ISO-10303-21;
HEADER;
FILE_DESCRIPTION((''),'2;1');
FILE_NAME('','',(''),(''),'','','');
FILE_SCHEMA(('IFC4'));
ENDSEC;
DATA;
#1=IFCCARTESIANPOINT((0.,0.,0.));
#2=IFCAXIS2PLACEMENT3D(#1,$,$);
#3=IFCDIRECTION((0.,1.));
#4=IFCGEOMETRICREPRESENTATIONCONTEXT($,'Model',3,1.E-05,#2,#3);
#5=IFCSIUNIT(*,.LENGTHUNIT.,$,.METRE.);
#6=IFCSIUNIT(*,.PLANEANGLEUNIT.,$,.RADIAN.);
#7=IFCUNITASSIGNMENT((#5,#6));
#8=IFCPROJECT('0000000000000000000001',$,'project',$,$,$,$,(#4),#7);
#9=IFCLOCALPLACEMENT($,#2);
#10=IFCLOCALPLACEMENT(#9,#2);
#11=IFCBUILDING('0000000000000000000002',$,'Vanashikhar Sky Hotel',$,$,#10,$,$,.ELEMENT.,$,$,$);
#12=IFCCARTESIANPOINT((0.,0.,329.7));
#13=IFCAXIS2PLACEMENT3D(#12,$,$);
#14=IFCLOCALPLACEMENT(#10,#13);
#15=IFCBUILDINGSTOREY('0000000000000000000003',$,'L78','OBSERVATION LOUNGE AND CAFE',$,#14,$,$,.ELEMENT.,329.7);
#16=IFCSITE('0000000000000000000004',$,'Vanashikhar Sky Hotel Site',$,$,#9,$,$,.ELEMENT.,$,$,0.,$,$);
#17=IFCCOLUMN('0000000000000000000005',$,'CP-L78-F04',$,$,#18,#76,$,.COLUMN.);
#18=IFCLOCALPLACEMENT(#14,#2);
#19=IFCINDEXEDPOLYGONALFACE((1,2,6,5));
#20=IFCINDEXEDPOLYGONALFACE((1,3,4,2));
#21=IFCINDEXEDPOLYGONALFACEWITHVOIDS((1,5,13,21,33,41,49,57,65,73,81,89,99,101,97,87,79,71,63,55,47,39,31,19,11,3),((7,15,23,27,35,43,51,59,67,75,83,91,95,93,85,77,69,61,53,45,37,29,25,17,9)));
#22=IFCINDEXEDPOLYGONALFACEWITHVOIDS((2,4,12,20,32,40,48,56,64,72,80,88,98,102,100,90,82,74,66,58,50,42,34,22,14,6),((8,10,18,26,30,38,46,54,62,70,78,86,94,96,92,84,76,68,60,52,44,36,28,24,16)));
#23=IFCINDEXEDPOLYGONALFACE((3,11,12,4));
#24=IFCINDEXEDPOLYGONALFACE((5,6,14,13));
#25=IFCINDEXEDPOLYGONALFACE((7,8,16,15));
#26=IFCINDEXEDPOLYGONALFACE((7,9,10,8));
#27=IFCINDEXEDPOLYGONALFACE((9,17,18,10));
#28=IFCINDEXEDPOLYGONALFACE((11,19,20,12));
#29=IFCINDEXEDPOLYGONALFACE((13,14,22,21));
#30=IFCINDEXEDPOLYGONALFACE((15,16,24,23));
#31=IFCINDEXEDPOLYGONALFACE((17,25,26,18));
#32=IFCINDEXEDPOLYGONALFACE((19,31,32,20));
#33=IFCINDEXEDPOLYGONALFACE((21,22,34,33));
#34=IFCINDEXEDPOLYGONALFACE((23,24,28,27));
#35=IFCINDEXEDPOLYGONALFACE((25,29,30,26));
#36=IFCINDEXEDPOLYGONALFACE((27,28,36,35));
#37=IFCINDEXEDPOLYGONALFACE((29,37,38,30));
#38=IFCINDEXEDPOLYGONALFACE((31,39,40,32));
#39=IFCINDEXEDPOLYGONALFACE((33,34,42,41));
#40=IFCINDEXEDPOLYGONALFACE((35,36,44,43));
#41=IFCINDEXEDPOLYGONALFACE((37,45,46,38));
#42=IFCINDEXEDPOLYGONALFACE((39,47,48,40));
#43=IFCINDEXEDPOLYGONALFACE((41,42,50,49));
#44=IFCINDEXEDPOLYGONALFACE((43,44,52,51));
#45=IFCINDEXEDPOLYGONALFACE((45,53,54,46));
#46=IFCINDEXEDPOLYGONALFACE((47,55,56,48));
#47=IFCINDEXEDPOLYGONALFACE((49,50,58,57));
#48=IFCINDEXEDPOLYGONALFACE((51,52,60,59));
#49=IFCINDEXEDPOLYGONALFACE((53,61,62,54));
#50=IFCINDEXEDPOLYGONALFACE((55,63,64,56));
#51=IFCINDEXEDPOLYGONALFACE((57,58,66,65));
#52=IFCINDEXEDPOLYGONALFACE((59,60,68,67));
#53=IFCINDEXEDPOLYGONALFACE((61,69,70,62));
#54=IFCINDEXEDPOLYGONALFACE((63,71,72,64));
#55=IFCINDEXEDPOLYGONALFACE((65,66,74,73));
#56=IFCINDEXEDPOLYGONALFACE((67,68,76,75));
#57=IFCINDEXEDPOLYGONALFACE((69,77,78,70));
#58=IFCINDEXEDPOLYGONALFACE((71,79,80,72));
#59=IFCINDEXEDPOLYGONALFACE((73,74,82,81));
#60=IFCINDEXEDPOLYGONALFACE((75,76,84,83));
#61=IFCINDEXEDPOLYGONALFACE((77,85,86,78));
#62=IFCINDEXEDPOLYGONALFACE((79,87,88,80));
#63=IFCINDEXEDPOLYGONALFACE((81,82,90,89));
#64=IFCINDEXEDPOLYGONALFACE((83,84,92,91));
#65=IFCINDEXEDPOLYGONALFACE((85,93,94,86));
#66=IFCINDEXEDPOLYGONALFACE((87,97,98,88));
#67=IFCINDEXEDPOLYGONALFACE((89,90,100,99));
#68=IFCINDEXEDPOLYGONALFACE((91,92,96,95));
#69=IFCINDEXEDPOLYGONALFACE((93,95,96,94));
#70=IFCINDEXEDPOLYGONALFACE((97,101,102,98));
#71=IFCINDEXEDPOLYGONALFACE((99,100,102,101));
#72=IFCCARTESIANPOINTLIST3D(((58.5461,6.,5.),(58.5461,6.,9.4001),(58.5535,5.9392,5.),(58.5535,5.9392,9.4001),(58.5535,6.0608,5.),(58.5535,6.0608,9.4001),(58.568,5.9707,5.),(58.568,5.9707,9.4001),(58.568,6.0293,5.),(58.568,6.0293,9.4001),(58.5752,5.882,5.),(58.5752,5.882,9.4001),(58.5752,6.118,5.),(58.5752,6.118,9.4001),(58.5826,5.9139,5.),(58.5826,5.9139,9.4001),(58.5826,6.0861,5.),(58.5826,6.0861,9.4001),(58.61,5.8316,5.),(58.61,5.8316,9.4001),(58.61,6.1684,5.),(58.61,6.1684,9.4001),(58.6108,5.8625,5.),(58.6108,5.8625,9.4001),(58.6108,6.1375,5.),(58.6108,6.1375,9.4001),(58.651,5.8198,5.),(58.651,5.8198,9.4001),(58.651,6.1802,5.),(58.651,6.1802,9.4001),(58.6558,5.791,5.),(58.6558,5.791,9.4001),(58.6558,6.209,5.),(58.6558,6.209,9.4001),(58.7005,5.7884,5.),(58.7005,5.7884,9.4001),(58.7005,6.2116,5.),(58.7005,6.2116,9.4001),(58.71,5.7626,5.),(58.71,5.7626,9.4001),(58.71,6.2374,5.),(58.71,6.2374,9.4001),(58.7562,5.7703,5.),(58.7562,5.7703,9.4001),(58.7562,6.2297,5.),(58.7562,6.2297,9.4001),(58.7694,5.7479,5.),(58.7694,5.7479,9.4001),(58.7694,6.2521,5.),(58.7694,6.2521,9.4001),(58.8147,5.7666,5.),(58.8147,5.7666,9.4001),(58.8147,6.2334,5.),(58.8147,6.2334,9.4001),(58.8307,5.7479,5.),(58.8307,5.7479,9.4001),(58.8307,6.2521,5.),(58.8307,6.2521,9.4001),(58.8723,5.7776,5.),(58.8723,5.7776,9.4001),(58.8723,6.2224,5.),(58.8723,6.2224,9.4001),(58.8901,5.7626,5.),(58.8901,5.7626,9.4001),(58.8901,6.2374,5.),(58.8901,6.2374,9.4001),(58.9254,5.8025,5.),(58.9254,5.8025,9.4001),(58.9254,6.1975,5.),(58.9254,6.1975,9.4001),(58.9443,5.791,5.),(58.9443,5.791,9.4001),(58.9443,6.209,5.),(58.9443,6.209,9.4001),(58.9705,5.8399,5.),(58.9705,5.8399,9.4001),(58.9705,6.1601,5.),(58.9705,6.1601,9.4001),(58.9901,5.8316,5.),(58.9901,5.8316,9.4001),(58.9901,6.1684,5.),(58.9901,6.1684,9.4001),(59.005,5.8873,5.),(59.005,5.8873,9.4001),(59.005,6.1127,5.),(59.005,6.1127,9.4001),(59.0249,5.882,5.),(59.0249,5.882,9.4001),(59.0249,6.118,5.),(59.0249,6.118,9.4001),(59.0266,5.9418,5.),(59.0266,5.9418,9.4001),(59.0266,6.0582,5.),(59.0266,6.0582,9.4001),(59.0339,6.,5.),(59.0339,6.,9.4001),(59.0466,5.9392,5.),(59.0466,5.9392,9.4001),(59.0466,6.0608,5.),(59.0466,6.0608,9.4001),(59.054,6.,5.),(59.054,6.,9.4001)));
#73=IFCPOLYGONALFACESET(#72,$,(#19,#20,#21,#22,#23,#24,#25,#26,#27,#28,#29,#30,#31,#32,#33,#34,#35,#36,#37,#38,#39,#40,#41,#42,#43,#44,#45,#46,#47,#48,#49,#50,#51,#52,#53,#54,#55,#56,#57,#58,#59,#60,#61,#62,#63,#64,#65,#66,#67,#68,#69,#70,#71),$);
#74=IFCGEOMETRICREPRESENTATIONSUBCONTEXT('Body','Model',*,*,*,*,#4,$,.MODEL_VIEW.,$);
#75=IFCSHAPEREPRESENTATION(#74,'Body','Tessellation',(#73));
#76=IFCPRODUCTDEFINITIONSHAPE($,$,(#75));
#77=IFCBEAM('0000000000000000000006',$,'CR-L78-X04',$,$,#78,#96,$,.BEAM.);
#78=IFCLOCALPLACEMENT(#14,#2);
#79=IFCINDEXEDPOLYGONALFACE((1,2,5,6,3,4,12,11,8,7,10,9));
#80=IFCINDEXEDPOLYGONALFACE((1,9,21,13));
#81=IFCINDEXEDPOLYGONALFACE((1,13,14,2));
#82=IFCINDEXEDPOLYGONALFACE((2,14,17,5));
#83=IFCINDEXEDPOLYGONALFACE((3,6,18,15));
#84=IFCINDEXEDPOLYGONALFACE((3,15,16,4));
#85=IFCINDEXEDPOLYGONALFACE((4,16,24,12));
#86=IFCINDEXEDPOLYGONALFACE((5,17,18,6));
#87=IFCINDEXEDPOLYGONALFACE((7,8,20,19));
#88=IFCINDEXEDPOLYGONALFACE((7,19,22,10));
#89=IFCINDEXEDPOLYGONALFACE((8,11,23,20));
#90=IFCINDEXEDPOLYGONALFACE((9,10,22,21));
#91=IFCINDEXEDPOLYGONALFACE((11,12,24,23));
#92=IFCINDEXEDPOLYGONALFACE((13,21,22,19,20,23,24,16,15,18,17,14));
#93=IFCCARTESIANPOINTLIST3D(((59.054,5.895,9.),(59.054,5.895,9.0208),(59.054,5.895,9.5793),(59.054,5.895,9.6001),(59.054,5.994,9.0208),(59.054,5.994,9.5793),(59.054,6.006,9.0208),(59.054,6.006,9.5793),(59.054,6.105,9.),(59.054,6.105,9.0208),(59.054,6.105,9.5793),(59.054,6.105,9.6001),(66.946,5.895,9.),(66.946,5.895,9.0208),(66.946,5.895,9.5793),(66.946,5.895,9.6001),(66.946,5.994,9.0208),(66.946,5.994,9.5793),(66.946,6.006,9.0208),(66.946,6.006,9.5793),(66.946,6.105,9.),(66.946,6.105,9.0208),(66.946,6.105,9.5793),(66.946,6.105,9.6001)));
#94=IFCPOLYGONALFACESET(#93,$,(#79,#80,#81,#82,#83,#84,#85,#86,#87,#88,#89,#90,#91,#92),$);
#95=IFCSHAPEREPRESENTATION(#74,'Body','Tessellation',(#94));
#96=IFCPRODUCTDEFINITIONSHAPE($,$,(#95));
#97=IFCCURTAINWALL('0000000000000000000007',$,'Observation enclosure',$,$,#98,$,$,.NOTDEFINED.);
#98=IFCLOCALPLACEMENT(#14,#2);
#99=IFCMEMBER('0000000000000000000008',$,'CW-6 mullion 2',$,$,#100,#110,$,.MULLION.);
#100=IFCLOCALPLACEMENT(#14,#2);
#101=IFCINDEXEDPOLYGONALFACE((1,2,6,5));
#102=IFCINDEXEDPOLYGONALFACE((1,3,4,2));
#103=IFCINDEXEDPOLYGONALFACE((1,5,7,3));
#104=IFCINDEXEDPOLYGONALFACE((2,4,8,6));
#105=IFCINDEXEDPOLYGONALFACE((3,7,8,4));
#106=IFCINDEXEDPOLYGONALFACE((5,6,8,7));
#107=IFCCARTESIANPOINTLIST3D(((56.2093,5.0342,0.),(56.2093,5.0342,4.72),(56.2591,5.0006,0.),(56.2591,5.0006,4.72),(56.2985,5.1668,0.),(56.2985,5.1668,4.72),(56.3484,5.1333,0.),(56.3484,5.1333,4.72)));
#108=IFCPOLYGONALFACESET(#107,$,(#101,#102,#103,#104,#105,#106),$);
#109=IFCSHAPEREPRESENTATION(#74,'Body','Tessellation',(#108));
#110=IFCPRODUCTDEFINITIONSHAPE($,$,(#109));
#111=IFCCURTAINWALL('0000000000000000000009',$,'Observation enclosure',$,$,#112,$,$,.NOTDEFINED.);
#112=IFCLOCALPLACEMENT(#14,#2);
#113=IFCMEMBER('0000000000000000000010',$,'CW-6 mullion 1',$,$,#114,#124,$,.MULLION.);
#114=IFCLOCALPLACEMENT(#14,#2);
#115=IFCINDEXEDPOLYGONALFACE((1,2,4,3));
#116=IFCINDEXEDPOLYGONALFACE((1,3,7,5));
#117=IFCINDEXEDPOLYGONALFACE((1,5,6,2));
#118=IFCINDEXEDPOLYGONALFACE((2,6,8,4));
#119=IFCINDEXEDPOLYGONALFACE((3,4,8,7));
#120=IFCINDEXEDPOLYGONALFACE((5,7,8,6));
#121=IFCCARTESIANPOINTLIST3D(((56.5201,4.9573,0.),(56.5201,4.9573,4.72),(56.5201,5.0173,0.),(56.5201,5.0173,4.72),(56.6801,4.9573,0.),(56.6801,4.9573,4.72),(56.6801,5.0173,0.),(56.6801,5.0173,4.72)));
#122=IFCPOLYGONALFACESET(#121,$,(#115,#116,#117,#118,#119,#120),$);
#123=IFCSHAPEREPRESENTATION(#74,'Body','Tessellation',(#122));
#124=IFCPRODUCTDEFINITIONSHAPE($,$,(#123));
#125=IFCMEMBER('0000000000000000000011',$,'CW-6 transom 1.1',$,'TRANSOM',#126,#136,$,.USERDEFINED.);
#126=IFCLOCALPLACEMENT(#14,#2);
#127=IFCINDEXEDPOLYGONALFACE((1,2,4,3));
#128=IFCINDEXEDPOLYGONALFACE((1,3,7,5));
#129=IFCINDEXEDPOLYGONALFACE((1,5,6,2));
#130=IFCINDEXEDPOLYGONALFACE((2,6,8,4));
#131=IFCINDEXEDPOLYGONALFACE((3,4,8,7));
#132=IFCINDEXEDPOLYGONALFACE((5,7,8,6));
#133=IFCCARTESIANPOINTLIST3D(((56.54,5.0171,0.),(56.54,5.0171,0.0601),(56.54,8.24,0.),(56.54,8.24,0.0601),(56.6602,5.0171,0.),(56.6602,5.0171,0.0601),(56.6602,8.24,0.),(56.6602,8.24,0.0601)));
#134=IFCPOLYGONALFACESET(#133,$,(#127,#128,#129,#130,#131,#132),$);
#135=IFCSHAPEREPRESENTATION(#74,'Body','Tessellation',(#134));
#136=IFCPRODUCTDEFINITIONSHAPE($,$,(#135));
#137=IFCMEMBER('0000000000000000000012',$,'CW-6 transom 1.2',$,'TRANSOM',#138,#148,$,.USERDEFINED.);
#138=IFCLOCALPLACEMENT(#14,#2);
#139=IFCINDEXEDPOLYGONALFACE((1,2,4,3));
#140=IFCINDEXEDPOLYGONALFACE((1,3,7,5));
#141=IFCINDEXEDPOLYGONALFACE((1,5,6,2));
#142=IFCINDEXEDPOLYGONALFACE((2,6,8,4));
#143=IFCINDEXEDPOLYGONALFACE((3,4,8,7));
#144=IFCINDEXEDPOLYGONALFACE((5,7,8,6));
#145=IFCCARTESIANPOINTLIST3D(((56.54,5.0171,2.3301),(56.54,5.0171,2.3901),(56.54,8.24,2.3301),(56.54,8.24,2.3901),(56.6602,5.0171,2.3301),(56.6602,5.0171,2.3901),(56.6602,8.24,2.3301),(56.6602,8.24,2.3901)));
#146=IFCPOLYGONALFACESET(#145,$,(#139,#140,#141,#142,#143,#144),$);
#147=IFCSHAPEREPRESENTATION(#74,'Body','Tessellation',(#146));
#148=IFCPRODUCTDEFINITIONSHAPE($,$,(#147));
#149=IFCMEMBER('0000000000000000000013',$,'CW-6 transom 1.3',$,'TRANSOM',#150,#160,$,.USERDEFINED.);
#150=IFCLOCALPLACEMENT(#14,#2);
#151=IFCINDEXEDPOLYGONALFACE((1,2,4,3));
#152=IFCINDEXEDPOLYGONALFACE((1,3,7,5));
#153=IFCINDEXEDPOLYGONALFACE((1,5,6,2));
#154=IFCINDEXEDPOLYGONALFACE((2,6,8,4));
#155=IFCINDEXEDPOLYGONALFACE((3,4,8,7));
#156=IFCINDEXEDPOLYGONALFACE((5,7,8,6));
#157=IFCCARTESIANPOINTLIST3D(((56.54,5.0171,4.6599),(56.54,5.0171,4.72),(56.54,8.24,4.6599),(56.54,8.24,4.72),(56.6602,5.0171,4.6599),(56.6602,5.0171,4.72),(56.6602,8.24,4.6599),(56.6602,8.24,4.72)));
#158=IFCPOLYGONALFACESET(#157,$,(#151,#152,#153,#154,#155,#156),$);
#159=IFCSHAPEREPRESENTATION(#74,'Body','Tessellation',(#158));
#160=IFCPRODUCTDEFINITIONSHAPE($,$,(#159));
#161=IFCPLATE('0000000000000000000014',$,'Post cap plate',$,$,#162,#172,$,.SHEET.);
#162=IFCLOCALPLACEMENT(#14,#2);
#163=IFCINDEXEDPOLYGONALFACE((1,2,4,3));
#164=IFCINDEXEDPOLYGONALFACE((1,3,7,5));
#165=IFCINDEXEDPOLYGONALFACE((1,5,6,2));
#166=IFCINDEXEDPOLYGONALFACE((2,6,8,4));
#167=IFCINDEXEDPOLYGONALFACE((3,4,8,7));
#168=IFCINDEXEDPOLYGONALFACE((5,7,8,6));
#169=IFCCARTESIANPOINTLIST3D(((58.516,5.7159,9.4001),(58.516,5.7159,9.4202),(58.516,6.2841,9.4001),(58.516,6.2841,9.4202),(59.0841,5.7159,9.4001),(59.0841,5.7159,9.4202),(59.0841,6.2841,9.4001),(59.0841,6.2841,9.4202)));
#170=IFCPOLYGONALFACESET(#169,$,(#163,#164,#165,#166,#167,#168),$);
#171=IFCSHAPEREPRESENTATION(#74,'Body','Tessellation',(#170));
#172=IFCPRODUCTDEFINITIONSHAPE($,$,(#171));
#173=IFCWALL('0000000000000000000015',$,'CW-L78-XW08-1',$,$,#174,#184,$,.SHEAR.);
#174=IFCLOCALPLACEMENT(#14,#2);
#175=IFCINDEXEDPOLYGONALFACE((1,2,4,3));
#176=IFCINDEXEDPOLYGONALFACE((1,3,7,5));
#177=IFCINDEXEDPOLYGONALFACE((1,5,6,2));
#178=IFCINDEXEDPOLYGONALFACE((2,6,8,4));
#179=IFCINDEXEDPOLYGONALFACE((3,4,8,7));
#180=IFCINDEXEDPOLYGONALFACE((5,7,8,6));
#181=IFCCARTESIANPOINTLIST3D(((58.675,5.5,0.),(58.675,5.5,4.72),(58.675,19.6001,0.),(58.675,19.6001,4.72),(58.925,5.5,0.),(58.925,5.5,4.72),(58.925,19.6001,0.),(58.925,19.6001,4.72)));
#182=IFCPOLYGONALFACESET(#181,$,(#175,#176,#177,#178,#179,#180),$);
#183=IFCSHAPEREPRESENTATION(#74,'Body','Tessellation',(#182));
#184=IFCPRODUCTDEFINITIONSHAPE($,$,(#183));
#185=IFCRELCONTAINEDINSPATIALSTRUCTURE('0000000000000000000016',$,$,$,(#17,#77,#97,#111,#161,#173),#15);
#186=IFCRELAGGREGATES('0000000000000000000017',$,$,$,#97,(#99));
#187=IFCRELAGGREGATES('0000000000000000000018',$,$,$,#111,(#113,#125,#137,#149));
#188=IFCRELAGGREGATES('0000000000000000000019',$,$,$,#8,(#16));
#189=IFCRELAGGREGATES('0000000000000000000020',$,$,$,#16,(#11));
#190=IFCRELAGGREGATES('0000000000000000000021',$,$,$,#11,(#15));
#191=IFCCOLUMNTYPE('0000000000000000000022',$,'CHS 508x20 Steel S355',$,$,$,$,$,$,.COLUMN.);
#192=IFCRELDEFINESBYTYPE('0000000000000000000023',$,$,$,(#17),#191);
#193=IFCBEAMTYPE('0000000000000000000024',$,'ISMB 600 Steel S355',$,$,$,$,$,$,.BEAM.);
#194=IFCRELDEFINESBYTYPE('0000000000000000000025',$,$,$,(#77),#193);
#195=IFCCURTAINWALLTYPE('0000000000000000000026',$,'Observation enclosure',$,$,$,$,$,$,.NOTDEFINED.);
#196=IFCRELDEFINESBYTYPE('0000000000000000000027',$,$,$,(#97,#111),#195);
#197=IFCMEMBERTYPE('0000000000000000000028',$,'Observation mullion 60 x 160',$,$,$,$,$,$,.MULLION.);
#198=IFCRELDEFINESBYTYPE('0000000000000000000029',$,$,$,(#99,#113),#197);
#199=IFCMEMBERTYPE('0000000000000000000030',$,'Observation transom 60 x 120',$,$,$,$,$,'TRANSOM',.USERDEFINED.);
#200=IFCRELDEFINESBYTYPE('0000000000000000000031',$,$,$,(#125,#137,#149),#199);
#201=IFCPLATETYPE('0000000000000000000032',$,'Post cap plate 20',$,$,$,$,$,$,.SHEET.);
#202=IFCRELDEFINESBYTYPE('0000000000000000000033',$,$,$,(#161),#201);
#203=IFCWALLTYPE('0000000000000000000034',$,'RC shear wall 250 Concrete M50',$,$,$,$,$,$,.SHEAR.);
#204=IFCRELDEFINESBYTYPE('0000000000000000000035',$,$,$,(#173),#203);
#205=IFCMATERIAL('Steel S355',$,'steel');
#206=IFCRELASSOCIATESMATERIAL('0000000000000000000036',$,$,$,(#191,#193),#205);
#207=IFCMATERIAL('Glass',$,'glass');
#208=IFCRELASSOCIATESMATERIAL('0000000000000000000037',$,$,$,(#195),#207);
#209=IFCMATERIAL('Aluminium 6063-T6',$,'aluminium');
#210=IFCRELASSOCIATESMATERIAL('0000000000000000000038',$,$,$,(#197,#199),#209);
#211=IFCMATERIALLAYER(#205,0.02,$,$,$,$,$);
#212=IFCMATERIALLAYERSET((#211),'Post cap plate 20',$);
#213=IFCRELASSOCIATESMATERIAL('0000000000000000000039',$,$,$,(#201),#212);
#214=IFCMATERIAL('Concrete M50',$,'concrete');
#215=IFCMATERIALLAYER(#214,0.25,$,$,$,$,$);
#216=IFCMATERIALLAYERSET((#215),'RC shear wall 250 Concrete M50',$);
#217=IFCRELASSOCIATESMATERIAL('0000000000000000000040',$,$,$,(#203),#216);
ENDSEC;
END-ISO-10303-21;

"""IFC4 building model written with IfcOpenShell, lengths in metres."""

from ifc_helpers import new_model, si_unit, direction, frame, frame_2d, origin, origin_2d, place, context, subcontext, project, spatial, rectangle, hollow_circle, i_section, extrude, source, transform, mapped, material, layer, layer_set, material_profile, profile_set, type_object, element, aggregate, save


model = new_model("IFC4")

# Units and contexts
model_context = context("Model", 3, precision=1e-05, world=origin(), true_north=direction((0.0, 1.0)))
body_context = subcontext(model_context, "Body", "Model", "MODEL_VIEW")
ifc_project = project(units=[si_unit("LENGTHUNIT", "METRE"), si_unit("PLANEANGLEUNIT", "RADIAN")], contexts=[model_context])

# Site, building, storey
site_placement = place(None, origin())
site = spatial("IfcSite", under=ifc_project, at=site_placement, Name="Vanashikhar Sky Hotel Site", CompositionType="ELEMENT", RefElevation=0.0)
building_placement = place(site_placement, origin())
building = spatial("IfcBuilding", under=site, at=building_placement, Name="Vanashikhar Sky Hotel", CompositionType="ELEMENT")
storey_placement = place(building_placement, frame((0.0, 0.0, 329.7)))
storey = spatial("IfcBuildingStorey", under=building, at=storey_placement, Name="L78", Description="OBSERVATION LOUNGE AND CAFE", CompositionType="ELEMENT", Elevation=329.7)

# Column
ifc_material_1 = material(Name="Steel S355", Category="steel")
ifc_material_profile_1 = material_profile(ifc_material_1, hollow_circle(Radius=0.2539, WallThickness=0.02, at=origin_2d()))
ifc_profile_set_1 = profile_set([ifc_material_profile_1], Name="CHS 508x20 Steel S355")
column_type = type_object("IfcColumnType", Name="CHS 508x20 Steel S355", PredefinedType="COLUMN", material=ifc_profile_set_1)
shared_shape_1 = source(origin(), body_context, "Body", "SweptSolid", [
    extrude(hollow_circle(Radius=0.2539, WallThickness=0.02, at=origin_2d()), origin(), (0.0, 0.0, 1.0), 4.4001),
])
column_placement = place(storey_placement, frame((58.8, 6.0, 5.0), z_axis=(0.0, 0.0, 1.0), x_axis=(1.0, 0.0, 0.0)))
element("IfcColumn", 1, at=column_placement, inside=storey, type_object=column_type, Name="CP-L78-F04", PredefinedType="COLUMN", context=body_context, shape_type="MappedRepresentation", body=[
    mapped(shared_shape_1, transform((0.0, 0.0, 0.0), scale=1.0)),
])

# Beam
ifc_material_profile_2 = material_profile(ifc_material_1, i_section(OverallWidth=0.21, OverallDepth=0.6001, WebThickness=0.012, FlangeThickness=0.0208, at=origin_2d()), Name="ISMB 600")
ifc_profile_set_2 = profile_set([ifc_material_profile_2], Name="Steel S355")
beam_type = type_object("IfcBeamType", Name="ISMB 600 Steel S355", PredefinedType="BEAM", material=ifc_profile_set_2)
shared_shape_2 = source(origin(), body_context, "Body", "SweptSolid", [
    extrude(i_section(OverallWidth=0.21, OverallDepth=0.6001, WebThickness=0.012, FlangeThickness=0.0208, at=origin_2d()), origin(), (0.0, 0.0, 1.0), 7.8921),
])
beam_placement = place(storey_placement, frame((59.054, 6.0, 9.3), z_axis=(1.0, 0.0, 0.0), x_axis=(0.0, 1.0, 0.0)))
element("IfcBeam", 2, at=beam_placement, inside=storey, type_object=beam_type, Name="CR-L78-X04", PredefinedType="BEAM", context=body_context, shape_type="MappedRepresentation", body=[
    mapped(shared_shape_2, transform((0.0, 0.0, 0.0), scale=1.0)),
])

# Curtain wall, member
ifc_material_2 = material(Name="Glass", Category="glass")
curtain_wall_type = type_object("IfcCurtainWallType", Name="Observation enclosure", PredefinedType="NOTDEFINED", material=ifc_material_2)
curtain_wall_1_placement = place(storey_placement, origin())
curtain_wall_1 = element("IfcCurtainWall", 3, at=curtain_wall_1_placement, inside=storey, type_object=curtain_wall_type, Name="Observation enclosure", PredefinedType="NOTDEFINED")
ifc_material_3 = material(Name="Aluminium 6063-T6", Category="aluminium")
ifc_material_profile_3 = material_profile(ifc_material_3, rectangle(XDim=0.1599, YDim=0.0601, at=origin_2d()))
ifc_profile_set_3 = profile_set([ifc_material_profile_3], Name="Aluminium 6063-T6")
member_type_1 = type_object("IfcMemberType", Name="Observation mullion 60 x 160", PredefinedType="MULLION", material=ifc_profile_set_3)
shared_shape_3 = source(origin(), body_context, "Body", "SweptSolid", [
    extrude(rectangle(XDim=0.1599, YDim=0.0601, at=origin_2d()), origin(), (0.0, 0.0, 1.0), 4.72),
])
member_1_placement = place(storey_placement, frame((56.2788, 5.0837, 0.0), z_axis=(0.0, 0.0, 1.0), x_axis=(0.558363, 0.829597, 0.0)))
member_1 = element("IfcMember", 4, at=member_1_placement, type_object=member_type_1, Name="CW-6 mullion 2", PredefinedType="MULLION", context=body_context, shape_type="MappedRepresentation", body=[
    mapped(shared_shape_3, transform((0.0, 0.0, 0.0), scale=1.0)),
])
aggregate(curtain_wall_1, [member_1])

# Curtain wall, members
curtain_wall_2_placement = place(storey_placement, origin())
curtain_wall_2 = element("IfcCurtainWall", 5, at=curtain_wall_2_placement, inside=storey, type_object=curtain_wall_type, Name="Observation enclosure", PredefinedType="NOTDEFINED")
member_2_placement = place(storey_placement, frame((56.6001, 4.9873, 0.0), z_axis=(0.0, 0.0, 1.0), x_axis=(-1.0, 0.0, 0.0)))
member_2 = element("IfcMember", 6, at=member_2_placement, type_object=member_type_1, Name="CW-6 mullion 1", PredefinedType="MULLION", context=body_context, shape_type="MappedRepresentation", body=[
    mapped(shared_shape_3, transform((0.0, 0.0, 0.0), scale=1.0)),
])
ifc_material_profile_4 = material_profile(ifc_material_3, rectangle(XDim=0.1201, YDim=0.0601, at=origin_2d()))
ifc_profile_set_4 = profile_set([ifc_material_profile_4], Name="Aluminium 6063-T6")
member_type_2 = type_object("IfcMemberType", Name="Observation transom 60 x 120", ElementType="TRANSOM", PredefinedType="USERDEFINED", material=ifc_profile_set_4)
shared_shape_4 = source(origin(), body_context, "Body", "SweptSolid", [
    extrude(rectangle(XDim=0.1201, YDim=0.0601, at=origin_2d()), origin(), (0.0, 0.0, 1.0), 3.2229),
])
member_3_placement = place(storey_placement, frame((56.6001, 5.0171, 0.03), z_axis=(0.0, 1.0, 0.0), x_axis=(-1.0, 0.0, 0.0)))
member_3 = element("IfcMember", 7, at=member_3_placement, type_object=member_type_2, Name="CW-6 transom 1.1", ObjectType="TRANSOM", PredefinedType="USERDEFINED", context=body_context, shape_type="MappedRepresentation", body=[
    mapped(shared_shape_4, transform((0.0, 0.0, 0.0), scale=1.0)),
])
member_4_placement = place(storey_placement, frame((56.6001, 5.0171, 2.3601), z_axis=(0.0, 1.0, 0.0), x_axis=(-1.0, 0.0, 0.0)))
member_4 = element("IfcMember", 8, at=member_4_placement, type_object=member_type_2, Name="CW-6 transom 1.2", ObjectType="TRANSOM", PredefinedType="USERDEFINED", context=body_context, shape_type="MappedRepresentation", body=[
    mapped(shared_shape_4, transform((0.0, 0.0, 0.0), scale=1.0)),
])
member_5_placement = place(storey_placement, frame((56.6001, 5.0171, 4.6899), z_axis=(0.0, 1.0, 0.0), x_axis=(-1.0, 0.0, 0.0)))
member_5 = element("IfcMember", 9, at=member_5_placement, type_object=member_type_2, Name="CW-6 transom 1.3", ObjectType="TRANSOM", PredefinedType="USERDEFINED", context=body_context, shape_type="MappedRepresentation", body=[
    mapped(shared_shape_4, transform((0.0, 0.0, 0.0), scale=1.0)),
])
aggregate(curtain_wall_2, [member_2, member_3, member_4, member_5])

# Plate
ifc_layer_1 = layer(ifc_material_1, 0.02)
ifc_layer_set_1 = layer_set([ifc_layer_1], Name="Post cap plate 20")
plate_type = type_object("IfcPlateType", Name="Post cap plate 20", PredefinedType="SHEET", material=ifc_layer_set_1)
shared_shape_5 = source(origin(), body_context, "Body", "SweptSolid", [
    extrude(rectangle(XDim=0.5681, YDim=0.5681, at=origin_2d()), origin(), (0.0, 0.0, 1.0), 0.02),
])
plate_placement = place(storey_placement, frame((58.8, 6.0, 9.4001), z_axis=(0.0, 0.0, 1.0), x_axis=(1.0, 0.0, 0.0)))
element("IfcPlate", 10, at=plate_placement, inside=storey, type_object=plate_type, Name="Post cap plate", PredefinedType="SHEET", context=body_context, shape_type="MappedRepresentation", body=[
    mapped(shared_shape_5, transform((0.0, 0.0, 0.0), scale=1.0)),
])

# Wall
ifc_material_4 = material(Name="Concrete M50", Category="concrete")
ifc_layer_2 = layer(ifc_material_4, 0.25)
ifc_layer_set_2 = layer_set([ifc_layer_2], Name="RC shear wall 250 Concrete M50")
wall_type_1 = type_object("IfcWallType", Name="RC shear wall 250 Concrete M50", PredefinedType="SHEAR", material=ifc_layer_set_2)
shared_shape_6 = source(origin(), body_context, "Body", "SweptSolid", [
    extrude(rectangle(XDim=14.1001, YDim=0.25, at=frame_2d((7.05, 0.0))), origin(), (0.0, 0.0, 1.0), 4.72),
])
wall_1_placement = place(storey_placement, frame((58.8, 5.5, 0.0), z_axis=(0.0, 0.0, 1.0), x_axis=(0.0, 1.0, 0.0)))
element("IfcWall", 11, at=wall_1_placement, inside=storey, type_object=wall_type_1, Name="CW-L78-XW08-1", PredefinedType="SHEAR", context=body_context, shape_type="MappedRepresentation", body=[
    mapped(shared_shape_6, transform((0.0, 0.0, 0.0), scale=1.0)),
])

save(model, "model.ifc")
